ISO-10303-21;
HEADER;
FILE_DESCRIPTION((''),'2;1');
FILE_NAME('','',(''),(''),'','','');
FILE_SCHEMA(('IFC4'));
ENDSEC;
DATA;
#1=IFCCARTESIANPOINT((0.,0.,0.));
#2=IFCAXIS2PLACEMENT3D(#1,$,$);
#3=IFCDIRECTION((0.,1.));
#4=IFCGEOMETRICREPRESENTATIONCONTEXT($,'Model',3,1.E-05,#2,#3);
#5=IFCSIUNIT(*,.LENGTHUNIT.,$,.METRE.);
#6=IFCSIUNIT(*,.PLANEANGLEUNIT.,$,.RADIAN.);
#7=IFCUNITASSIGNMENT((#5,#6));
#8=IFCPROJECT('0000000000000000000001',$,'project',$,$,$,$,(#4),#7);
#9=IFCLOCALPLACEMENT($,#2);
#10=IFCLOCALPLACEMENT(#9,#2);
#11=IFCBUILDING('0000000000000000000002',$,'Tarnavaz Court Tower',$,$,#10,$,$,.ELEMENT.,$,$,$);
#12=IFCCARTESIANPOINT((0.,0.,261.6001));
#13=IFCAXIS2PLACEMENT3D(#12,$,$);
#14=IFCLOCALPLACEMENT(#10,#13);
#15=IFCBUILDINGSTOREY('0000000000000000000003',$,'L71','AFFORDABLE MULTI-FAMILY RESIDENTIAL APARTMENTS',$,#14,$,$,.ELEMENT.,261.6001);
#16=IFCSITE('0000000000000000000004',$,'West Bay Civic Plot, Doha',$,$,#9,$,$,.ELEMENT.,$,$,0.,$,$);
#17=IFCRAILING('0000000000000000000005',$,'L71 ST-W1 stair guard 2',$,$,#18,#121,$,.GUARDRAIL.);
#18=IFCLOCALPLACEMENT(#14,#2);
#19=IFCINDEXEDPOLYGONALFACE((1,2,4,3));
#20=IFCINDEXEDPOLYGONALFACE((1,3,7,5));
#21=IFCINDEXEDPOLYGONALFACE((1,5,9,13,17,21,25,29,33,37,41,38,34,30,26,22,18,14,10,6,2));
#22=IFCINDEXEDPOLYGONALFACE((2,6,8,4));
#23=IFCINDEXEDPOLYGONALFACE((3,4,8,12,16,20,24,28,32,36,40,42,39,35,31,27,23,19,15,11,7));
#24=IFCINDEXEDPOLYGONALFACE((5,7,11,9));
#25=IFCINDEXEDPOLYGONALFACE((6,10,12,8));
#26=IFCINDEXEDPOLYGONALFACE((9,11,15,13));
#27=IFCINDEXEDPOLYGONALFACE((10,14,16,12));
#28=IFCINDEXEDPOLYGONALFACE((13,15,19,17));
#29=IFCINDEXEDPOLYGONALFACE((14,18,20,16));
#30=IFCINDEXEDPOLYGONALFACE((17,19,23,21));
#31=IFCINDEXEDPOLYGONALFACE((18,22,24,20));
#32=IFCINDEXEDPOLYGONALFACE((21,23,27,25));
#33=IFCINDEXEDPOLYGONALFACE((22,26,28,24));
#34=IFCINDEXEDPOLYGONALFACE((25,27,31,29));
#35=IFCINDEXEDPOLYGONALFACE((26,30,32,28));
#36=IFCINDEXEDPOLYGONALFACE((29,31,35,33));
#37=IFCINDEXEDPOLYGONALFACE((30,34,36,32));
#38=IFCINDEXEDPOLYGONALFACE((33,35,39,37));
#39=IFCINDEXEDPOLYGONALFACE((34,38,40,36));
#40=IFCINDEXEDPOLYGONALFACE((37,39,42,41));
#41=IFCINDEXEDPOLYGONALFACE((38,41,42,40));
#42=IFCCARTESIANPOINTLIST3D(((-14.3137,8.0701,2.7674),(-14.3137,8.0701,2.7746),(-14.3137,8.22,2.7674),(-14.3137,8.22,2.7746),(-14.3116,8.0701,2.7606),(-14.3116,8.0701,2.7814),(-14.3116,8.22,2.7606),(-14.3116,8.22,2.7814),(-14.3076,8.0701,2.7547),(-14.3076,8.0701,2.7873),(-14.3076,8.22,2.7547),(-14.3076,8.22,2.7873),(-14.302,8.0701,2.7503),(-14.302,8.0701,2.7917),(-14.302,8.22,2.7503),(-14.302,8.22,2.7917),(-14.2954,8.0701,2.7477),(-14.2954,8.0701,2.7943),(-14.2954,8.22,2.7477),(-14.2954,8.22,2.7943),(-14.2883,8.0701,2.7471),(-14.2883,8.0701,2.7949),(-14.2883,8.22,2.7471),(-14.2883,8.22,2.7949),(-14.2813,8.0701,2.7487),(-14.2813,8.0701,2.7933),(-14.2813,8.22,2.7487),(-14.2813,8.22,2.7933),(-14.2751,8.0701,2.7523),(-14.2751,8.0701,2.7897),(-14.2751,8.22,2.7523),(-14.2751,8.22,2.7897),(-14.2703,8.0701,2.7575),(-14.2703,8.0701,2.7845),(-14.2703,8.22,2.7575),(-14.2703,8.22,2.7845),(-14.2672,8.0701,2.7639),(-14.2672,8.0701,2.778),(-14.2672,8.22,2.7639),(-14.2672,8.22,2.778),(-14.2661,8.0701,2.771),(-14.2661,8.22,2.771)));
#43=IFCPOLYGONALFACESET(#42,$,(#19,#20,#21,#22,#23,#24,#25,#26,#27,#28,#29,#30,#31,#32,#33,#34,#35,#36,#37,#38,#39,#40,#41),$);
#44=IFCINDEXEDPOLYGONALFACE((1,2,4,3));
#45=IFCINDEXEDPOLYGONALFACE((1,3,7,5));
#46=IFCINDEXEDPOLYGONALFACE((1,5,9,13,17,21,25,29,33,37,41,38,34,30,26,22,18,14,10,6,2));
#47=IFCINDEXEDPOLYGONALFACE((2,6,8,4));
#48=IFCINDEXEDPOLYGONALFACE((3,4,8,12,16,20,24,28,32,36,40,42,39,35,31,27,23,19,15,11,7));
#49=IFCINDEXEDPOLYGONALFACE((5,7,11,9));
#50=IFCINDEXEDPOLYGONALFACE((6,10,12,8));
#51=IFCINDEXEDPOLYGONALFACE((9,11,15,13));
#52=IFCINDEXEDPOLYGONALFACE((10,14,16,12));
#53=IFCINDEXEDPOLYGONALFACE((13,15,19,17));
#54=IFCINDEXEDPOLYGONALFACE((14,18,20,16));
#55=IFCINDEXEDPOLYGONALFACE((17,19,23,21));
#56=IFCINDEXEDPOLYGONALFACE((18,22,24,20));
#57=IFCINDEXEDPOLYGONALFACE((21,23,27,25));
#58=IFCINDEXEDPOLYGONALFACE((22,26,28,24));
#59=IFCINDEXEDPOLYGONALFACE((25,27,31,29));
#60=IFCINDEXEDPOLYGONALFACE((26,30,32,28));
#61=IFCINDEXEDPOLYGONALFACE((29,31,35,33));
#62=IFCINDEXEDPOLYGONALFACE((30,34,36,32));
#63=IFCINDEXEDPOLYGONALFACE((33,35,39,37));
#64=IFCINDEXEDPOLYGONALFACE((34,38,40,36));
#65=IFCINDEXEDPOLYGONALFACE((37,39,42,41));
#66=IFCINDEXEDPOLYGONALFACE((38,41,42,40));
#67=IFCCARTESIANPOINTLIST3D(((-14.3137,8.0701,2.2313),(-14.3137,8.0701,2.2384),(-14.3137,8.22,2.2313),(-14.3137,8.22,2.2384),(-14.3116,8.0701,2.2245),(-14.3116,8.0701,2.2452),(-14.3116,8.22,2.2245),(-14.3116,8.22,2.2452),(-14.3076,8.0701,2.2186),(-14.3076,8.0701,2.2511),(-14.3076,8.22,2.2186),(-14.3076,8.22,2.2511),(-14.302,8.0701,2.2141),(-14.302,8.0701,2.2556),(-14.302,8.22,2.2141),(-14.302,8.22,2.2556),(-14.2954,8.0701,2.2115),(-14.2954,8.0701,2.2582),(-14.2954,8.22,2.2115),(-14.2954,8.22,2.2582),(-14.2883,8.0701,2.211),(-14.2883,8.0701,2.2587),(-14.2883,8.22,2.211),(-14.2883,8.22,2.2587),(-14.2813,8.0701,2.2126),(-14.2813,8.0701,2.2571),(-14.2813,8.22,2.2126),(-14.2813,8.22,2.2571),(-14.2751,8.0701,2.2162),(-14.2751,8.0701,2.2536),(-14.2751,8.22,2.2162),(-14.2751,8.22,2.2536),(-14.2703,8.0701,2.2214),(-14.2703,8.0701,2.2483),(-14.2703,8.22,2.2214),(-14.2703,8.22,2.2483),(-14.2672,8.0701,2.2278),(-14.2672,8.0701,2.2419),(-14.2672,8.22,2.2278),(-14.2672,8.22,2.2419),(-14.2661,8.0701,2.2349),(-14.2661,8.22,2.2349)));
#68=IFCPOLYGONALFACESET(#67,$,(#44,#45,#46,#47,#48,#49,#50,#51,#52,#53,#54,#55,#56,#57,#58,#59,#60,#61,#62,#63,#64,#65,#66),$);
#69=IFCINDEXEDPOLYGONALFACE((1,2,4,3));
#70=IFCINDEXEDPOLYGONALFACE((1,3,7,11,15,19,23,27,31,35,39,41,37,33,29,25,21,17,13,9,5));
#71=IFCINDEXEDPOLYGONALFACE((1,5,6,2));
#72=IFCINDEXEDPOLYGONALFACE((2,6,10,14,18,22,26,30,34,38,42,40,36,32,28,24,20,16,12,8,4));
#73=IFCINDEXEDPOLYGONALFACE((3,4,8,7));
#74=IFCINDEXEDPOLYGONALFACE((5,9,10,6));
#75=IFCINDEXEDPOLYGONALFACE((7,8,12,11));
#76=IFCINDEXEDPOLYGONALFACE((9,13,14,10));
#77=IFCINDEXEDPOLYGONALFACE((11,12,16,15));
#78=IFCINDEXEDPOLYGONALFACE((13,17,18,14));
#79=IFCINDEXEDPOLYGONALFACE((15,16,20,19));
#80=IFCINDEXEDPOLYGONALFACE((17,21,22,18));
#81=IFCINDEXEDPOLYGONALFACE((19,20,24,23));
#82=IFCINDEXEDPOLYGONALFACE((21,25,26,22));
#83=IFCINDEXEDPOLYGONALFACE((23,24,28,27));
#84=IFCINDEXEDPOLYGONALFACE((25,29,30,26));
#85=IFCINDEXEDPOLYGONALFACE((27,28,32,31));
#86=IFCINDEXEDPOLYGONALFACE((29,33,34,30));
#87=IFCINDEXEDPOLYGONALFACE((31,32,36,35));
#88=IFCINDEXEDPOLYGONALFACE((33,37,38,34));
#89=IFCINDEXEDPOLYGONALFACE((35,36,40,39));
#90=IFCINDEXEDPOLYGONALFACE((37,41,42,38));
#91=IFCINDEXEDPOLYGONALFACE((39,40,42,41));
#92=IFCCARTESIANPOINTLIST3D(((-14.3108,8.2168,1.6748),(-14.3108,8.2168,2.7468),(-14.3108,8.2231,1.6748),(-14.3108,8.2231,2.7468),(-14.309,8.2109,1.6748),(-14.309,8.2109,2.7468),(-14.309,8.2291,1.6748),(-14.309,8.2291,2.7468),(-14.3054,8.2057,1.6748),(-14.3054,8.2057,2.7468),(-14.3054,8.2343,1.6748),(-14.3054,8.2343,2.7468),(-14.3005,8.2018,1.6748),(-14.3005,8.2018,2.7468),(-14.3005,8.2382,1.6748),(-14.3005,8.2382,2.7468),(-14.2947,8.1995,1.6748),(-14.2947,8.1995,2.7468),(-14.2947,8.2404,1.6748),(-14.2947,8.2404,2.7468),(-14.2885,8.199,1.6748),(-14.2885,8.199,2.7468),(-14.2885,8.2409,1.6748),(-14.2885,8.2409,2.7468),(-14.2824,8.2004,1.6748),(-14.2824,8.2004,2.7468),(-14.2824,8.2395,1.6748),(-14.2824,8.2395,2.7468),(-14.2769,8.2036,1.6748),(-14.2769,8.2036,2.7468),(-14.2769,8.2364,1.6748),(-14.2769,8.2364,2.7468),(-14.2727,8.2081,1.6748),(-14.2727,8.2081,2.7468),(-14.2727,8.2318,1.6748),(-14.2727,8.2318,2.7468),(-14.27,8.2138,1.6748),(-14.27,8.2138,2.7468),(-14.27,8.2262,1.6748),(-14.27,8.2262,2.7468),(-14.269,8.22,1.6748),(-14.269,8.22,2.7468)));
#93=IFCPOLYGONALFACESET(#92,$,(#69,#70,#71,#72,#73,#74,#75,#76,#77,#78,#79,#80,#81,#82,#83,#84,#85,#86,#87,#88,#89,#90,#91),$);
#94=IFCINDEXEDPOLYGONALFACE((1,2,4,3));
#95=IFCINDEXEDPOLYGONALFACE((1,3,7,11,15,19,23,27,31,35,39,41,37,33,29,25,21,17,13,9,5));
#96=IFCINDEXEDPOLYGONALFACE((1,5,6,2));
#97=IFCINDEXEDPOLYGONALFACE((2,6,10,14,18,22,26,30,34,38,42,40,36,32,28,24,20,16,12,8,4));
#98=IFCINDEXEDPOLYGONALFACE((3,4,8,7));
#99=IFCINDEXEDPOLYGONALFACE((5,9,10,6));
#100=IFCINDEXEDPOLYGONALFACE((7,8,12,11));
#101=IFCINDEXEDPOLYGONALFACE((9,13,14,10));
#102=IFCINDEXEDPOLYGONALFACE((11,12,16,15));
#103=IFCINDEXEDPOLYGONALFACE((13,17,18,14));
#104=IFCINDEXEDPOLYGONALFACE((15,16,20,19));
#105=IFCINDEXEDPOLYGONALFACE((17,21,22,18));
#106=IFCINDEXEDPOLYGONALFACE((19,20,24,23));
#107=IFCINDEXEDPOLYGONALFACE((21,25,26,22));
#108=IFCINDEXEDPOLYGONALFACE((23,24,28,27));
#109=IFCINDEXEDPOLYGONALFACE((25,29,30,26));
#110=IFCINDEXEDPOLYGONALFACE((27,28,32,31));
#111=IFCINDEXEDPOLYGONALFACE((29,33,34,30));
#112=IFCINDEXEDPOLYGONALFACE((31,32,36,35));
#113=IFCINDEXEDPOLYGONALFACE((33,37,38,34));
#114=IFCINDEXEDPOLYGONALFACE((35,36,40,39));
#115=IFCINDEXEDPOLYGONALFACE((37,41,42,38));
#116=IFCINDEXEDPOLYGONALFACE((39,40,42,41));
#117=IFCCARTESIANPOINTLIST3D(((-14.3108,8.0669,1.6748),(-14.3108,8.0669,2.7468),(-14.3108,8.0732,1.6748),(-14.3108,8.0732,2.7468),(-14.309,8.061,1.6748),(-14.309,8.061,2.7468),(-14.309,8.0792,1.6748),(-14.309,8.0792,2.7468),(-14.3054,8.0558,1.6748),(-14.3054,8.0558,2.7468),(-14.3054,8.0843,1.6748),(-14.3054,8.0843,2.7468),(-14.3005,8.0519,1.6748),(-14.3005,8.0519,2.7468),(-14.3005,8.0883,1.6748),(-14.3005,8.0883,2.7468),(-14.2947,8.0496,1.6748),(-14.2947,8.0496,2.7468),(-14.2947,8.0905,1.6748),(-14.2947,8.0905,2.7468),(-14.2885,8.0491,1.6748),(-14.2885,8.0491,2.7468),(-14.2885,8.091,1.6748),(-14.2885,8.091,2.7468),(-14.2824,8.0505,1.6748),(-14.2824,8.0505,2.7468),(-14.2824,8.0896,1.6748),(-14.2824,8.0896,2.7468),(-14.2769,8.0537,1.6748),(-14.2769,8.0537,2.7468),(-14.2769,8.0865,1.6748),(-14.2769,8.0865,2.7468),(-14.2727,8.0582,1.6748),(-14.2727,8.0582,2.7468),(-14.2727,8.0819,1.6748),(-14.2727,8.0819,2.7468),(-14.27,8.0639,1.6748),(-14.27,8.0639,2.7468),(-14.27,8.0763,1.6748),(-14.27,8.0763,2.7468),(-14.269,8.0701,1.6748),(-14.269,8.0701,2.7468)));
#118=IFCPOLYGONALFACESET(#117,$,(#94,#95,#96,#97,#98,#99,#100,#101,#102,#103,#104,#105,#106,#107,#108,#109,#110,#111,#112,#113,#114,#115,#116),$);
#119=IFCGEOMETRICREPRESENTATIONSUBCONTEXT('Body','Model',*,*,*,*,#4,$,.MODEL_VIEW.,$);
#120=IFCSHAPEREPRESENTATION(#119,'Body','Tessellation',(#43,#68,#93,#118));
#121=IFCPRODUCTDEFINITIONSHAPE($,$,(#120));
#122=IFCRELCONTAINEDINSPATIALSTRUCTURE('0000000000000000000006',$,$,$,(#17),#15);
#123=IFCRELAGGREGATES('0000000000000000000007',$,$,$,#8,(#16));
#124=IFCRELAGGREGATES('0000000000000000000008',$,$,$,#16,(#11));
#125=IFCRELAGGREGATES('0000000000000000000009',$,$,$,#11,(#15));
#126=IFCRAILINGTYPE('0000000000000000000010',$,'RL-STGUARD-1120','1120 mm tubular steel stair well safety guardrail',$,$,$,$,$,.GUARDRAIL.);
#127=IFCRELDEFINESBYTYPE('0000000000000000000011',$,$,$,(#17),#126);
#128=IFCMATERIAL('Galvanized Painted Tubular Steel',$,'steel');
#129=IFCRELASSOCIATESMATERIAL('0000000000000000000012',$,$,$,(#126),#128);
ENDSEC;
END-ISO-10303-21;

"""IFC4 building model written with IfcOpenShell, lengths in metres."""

from ifc_helpers import new_model, si_unit, direction, frame, origin, origin_2d, place, context, subcontext, project, spatial, circle, extrude, material, type_object, element, save


model = new_model("IFC4")

# Units and contexts
model_context = context("Model", 3, precision=1e-05, world=origin(), true_north=direction((0.0, 1.0)))
body_context = subcontext(model_context, "Body", "Model", "MODEL_VIEW")
ifc_project = project(units=[si_unit("LENGTHUNIT", "METRE"), si_unit("PLANEANGLEUNIT", "RADIAN")], contexts=[model_context])

# Site, building, storey
site_placement = place(None, origin())
site = spatial("IfcSite", under=ifc_project, at=site_placement, Name="West Bay Civic Plot, Doha", CompositionType="ELEMENT", RefElevation=0.0)
building_placement = place(site_placement, origin())
building = spatial("IfcBuilding", under=site, at=building_placement, Name="Tarnavaz Court Tower", CompositionType="ELEMENT")
storey_placement = place(building_placement, frame((0.0, 0.0, 261.6001)))
storey = spatial("IfcBuildingStorey", under=building, at=storey_placement, Name="L71", Description="AFFORDABLE MULTI-FAMILY RESIDENTIAL APARTMENTS", CompositionType="ELEMENT", Elevation=261.6001)

# Railing
ifc_material_1 = material(Name="Galvanized Painted Tubular Steel", Category="steel")
railing_type_1 = type_object("IfcRailingType", Name="RL-STGUARD-1120", Description="1120 mm tubular steel stair well safety guardrail", PredefinedType="GUARDRAIL", material=ifc_material_1)
railing_1_placement = place(storey_placement, frame((-14.29, 8.22, 1.6748)))
element("IfcRailing", 1, at=railing_1_placement, inside=storey, type_object=railing_type_1, Name="L71 ST-W1 stair guard 2", PredefinedType="GUARDRAIL", context=body_context, shape_type="SweptSolid", body=[
    extrude(circle(Radius=0.0239, at=origin_2d()), frame((0.0, 0.0, 1.0962), z_axis=(0.0, -1.0, 0.0), x_axis=(1.0, 0.0, 0.0)), (0.0, 0.0, 1.0), 0.1499),
    extrude(circle(Radius=0.0239, at=origin_2d()), frame((0.0, 0.0, 0.5601), z_axis=(0.0, -1.0, 0.0), x_axis=(1.0, 0.0, 0.0)), (0.0, 0.0, 1.0), 0.1499),
    extrude(circle(Radius=0.021, at=origin_2d()), origin(), (0.0, 0.0, 1.0), 1.072),
    extrude(circle(Radius=0.021, at=origin_2d()), frame((0.0, -0.1499, 0.0)), (0.0, 0.0, 1.0), 1.072),
])

save(model, "model.ifc")
